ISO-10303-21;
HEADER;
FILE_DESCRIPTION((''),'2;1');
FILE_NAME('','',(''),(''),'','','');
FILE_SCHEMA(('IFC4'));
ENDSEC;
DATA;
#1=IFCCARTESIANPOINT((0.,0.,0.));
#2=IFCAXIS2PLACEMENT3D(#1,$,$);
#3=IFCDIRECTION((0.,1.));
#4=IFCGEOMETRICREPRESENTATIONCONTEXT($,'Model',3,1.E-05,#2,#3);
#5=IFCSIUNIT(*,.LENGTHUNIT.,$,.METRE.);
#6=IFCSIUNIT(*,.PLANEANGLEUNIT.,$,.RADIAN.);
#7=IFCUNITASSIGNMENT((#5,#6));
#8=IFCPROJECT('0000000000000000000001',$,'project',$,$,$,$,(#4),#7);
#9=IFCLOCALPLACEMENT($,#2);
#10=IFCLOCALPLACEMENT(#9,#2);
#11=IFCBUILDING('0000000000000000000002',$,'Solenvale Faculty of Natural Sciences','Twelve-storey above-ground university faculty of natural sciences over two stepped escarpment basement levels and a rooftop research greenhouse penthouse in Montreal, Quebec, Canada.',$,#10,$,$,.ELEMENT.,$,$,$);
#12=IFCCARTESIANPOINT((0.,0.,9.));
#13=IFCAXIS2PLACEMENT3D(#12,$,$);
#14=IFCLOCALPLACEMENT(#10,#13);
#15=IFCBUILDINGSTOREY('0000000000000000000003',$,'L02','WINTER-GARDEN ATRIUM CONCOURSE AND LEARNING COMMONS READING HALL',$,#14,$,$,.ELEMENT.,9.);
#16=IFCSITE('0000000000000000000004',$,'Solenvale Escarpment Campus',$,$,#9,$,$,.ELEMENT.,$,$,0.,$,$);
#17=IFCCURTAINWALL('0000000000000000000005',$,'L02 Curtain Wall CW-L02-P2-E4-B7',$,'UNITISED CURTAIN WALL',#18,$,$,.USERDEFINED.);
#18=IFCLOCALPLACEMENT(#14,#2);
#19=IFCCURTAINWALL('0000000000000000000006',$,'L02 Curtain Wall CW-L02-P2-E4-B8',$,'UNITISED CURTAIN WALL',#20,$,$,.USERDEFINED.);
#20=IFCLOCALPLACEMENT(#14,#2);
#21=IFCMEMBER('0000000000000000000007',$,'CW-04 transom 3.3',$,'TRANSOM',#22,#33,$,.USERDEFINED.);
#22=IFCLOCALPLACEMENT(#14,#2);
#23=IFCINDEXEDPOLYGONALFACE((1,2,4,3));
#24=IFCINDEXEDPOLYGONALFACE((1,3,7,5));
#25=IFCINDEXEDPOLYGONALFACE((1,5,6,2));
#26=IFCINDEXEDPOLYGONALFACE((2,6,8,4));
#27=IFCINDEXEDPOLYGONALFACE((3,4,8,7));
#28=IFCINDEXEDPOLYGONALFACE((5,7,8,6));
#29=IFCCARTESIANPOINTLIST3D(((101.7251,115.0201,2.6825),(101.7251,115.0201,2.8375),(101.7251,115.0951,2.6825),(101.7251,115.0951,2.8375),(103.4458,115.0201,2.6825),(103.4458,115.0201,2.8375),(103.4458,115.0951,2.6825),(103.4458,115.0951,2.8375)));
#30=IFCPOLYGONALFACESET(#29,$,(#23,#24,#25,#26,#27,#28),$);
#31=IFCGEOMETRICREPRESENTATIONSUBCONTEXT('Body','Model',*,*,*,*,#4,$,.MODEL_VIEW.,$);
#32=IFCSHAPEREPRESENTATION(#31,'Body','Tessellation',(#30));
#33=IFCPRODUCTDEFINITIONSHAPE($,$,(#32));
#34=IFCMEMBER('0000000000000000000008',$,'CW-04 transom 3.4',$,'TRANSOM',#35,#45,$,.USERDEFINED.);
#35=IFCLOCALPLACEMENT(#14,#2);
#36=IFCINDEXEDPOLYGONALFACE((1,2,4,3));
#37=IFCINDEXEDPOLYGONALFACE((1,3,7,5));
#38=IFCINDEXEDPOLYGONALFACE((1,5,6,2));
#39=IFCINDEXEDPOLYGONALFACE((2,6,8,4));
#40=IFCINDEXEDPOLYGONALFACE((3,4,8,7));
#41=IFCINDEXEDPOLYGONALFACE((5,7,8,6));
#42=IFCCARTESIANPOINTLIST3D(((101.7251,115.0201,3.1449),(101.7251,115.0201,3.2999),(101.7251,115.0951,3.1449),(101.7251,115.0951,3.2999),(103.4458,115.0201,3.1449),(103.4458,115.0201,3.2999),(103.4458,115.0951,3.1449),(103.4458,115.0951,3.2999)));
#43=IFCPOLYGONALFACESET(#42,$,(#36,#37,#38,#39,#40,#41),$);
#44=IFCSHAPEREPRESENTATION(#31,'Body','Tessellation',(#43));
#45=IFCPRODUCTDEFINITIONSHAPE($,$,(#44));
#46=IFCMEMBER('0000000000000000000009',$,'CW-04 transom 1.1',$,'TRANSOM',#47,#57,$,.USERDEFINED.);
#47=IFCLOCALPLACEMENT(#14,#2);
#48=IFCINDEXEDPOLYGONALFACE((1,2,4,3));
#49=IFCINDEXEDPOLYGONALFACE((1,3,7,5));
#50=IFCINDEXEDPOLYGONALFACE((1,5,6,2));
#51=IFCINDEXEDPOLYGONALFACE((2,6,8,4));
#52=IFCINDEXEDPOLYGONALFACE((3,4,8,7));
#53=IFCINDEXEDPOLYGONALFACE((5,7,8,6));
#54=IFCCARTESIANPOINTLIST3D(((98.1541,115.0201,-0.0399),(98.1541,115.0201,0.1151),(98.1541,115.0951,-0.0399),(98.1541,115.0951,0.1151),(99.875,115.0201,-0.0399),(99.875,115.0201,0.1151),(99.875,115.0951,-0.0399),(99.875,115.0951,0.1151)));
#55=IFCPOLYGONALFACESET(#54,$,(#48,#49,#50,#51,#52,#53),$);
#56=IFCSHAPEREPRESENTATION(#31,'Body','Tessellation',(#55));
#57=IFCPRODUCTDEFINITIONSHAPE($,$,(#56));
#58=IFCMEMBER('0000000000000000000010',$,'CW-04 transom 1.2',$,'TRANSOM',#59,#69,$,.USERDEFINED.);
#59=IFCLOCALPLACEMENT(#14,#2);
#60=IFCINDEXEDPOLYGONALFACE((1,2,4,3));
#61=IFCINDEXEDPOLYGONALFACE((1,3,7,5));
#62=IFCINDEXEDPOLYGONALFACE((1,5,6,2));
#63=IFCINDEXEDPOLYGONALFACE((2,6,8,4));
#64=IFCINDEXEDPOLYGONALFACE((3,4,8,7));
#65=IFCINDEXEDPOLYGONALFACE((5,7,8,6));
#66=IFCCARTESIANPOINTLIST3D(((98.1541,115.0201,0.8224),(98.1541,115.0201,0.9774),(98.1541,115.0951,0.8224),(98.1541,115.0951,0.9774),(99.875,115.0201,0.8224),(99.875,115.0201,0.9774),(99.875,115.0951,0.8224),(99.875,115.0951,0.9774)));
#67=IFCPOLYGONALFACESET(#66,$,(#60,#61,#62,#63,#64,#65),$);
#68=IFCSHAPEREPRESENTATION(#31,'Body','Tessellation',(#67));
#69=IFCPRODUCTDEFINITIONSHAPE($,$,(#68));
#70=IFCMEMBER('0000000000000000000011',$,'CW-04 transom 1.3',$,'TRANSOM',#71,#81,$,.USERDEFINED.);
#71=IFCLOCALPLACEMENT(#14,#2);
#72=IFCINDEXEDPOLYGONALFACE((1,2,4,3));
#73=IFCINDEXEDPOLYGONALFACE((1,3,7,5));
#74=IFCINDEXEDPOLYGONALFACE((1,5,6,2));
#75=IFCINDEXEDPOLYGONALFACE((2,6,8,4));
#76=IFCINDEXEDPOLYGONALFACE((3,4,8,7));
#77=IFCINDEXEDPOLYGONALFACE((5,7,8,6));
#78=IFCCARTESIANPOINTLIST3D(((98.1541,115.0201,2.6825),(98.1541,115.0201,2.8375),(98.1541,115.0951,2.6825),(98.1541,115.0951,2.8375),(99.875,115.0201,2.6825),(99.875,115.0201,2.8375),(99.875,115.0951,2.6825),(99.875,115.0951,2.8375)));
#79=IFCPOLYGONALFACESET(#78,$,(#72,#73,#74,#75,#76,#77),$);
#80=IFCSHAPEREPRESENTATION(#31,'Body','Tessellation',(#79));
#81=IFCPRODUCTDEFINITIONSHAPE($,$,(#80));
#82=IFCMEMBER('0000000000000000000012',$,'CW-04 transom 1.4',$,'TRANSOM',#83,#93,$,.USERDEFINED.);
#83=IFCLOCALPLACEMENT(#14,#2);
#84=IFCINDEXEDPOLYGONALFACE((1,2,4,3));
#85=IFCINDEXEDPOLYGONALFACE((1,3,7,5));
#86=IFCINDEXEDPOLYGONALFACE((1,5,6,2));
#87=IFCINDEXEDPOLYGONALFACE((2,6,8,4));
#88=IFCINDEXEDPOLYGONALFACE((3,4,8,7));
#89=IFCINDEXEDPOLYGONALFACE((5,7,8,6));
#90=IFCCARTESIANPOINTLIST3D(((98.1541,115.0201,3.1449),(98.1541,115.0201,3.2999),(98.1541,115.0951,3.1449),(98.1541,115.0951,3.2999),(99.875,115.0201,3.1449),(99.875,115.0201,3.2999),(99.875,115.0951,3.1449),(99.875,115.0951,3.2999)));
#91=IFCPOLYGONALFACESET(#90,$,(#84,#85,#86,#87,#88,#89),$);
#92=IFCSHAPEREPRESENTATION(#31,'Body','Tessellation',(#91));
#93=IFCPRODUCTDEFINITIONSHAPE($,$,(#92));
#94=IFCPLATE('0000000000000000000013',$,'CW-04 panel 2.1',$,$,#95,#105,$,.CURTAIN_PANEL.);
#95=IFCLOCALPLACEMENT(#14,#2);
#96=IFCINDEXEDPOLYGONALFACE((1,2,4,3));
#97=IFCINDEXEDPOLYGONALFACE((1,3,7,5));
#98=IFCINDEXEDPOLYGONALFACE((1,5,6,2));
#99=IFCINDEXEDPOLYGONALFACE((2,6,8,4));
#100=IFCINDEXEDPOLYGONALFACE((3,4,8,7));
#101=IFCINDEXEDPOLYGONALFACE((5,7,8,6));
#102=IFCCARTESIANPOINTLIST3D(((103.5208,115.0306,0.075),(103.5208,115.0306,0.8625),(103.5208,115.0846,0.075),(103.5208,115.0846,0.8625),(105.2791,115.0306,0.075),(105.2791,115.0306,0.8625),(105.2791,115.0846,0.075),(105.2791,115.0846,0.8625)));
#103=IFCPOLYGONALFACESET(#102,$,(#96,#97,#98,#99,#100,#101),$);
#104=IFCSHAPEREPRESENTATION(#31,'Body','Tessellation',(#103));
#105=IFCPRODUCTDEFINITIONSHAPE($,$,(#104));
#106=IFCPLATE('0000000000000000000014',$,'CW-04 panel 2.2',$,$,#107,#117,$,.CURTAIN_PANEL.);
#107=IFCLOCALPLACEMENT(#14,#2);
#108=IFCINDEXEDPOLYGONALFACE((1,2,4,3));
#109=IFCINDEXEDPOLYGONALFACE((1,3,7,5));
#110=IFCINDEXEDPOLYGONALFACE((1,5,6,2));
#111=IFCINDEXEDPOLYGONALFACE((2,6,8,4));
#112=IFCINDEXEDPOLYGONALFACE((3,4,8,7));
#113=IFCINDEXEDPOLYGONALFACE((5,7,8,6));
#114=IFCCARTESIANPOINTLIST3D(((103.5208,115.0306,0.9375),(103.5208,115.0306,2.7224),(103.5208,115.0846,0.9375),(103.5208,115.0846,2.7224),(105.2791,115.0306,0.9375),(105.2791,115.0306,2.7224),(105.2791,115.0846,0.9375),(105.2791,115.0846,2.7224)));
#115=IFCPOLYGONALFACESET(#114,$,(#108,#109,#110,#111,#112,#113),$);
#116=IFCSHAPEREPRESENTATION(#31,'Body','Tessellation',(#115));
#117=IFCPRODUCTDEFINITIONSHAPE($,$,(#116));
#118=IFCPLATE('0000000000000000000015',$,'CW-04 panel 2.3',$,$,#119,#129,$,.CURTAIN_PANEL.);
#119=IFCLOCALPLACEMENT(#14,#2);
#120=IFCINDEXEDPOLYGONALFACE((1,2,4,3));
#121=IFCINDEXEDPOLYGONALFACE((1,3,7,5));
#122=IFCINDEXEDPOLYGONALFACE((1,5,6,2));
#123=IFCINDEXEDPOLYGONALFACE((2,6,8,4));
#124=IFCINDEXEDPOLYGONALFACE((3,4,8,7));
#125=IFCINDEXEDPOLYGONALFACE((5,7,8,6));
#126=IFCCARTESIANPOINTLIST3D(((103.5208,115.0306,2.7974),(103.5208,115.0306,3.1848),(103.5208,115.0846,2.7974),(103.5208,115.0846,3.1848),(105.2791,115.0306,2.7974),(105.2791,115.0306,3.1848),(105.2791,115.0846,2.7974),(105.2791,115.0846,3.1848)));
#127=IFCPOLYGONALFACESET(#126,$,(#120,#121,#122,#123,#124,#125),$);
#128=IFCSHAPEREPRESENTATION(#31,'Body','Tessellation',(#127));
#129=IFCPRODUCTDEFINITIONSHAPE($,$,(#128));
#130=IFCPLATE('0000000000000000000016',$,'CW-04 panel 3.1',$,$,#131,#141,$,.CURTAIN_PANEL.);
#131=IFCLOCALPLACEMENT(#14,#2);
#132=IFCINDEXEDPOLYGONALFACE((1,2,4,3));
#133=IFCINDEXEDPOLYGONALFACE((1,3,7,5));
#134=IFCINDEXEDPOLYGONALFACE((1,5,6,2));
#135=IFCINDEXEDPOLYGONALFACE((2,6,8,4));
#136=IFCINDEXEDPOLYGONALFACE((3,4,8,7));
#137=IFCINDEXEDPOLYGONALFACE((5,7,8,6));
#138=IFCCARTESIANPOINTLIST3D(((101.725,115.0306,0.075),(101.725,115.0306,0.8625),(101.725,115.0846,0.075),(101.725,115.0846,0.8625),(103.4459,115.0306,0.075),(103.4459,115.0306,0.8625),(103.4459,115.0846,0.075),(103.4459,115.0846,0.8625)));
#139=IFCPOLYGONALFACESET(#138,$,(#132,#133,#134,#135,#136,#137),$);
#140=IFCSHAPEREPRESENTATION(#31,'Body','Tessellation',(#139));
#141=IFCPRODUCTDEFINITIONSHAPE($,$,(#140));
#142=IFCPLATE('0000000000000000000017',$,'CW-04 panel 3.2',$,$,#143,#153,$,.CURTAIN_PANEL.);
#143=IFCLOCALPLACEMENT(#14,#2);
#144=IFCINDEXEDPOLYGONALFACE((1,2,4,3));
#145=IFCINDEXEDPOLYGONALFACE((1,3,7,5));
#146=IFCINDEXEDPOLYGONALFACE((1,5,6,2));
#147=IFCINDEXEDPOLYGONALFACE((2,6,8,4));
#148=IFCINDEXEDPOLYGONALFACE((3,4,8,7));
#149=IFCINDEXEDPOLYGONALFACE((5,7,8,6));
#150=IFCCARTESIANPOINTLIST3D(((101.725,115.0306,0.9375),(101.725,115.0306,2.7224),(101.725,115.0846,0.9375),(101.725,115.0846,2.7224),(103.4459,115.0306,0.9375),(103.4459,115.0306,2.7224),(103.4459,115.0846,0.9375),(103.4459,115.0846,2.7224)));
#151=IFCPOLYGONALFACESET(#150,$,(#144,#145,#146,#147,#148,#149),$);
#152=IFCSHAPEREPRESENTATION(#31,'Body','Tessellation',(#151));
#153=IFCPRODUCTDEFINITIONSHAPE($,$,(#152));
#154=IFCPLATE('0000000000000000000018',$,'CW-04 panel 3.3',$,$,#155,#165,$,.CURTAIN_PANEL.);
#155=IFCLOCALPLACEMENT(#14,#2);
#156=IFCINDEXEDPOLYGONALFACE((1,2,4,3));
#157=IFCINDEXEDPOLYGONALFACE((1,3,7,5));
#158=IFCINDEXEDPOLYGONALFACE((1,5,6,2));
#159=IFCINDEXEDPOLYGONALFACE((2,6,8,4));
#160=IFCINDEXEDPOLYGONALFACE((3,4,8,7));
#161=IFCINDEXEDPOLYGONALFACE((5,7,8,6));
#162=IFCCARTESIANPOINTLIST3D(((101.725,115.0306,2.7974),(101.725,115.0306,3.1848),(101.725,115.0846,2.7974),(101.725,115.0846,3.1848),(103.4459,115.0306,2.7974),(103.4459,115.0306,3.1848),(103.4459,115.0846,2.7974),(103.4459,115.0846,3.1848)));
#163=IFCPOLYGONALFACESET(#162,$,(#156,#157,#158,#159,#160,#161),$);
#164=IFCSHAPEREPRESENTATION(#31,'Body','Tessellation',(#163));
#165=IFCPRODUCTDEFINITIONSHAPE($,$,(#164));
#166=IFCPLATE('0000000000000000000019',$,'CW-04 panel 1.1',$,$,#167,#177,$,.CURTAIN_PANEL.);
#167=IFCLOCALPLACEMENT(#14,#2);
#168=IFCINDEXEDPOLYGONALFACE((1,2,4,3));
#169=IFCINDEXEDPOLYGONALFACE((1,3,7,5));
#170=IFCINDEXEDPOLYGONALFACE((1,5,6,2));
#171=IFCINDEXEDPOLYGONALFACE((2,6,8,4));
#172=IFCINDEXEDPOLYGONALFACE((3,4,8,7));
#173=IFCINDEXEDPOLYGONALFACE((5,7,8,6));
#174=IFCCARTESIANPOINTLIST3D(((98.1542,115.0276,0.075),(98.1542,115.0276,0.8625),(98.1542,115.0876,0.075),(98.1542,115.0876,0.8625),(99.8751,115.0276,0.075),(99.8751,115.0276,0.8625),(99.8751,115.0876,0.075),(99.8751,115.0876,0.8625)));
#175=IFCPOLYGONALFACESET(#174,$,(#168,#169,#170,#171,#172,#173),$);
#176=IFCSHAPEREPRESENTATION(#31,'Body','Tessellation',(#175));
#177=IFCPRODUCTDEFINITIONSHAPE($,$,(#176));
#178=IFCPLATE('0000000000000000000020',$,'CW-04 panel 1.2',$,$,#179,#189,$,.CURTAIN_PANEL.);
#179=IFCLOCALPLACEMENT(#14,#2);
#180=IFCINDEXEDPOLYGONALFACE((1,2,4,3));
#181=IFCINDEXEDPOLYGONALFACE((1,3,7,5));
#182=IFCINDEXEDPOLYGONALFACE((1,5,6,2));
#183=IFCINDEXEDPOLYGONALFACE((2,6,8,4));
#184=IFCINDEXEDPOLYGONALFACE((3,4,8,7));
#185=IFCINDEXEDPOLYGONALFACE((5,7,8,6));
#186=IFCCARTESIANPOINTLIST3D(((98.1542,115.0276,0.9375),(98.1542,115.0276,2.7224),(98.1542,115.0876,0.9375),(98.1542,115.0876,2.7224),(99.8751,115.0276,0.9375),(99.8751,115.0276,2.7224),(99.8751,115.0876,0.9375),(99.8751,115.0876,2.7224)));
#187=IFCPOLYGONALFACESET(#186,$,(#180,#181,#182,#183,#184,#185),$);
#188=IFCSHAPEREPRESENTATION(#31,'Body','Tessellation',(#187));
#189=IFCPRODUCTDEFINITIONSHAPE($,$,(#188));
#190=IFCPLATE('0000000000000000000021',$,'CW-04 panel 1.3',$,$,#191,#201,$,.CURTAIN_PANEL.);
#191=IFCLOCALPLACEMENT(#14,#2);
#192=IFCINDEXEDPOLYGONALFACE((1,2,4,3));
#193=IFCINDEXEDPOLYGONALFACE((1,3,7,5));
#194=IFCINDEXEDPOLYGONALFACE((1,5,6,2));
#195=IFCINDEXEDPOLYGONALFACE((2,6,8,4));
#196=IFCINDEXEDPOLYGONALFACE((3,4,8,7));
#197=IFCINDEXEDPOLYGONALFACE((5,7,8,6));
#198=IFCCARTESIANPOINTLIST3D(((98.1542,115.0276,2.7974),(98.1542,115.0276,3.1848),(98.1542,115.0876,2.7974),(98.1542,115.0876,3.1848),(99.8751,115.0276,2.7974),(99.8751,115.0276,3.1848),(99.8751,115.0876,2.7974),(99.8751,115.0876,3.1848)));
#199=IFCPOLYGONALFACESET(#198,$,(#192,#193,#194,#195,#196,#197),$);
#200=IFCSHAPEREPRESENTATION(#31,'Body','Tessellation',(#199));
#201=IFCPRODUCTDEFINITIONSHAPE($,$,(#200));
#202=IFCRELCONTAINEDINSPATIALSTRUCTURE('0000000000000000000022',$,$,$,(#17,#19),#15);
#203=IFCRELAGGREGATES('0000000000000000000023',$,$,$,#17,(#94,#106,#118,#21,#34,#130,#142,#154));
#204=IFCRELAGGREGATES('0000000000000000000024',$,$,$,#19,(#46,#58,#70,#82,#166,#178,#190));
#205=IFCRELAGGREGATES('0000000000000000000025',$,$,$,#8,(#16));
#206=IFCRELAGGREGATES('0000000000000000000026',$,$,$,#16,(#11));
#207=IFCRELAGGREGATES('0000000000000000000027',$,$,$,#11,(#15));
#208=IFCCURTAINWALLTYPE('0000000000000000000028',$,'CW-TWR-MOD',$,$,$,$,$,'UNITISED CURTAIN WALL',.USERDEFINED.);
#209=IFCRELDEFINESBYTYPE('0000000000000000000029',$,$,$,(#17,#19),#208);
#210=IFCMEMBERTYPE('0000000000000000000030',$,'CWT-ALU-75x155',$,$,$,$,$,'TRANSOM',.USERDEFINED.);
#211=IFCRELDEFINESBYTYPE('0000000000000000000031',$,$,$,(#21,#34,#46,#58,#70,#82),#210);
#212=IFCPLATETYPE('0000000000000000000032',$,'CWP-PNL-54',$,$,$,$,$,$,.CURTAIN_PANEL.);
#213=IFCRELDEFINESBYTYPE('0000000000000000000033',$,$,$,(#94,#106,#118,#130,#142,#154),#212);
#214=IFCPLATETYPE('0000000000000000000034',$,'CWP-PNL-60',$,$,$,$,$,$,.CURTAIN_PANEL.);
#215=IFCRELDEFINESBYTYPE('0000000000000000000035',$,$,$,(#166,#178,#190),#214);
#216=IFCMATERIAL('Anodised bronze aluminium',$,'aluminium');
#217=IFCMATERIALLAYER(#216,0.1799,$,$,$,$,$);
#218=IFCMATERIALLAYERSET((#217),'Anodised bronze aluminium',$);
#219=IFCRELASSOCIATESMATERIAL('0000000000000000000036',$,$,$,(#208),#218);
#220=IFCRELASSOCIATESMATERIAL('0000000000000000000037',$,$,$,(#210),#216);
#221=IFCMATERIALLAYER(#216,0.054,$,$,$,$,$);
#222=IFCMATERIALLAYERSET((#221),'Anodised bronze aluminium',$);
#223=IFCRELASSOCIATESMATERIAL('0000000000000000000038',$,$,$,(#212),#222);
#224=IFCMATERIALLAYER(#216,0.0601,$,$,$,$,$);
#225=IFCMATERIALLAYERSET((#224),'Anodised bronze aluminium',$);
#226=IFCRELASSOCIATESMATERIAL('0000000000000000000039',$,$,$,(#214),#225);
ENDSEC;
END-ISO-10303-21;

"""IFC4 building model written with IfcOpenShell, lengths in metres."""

from ifc_helpers import new_model, si_unit, direction, frame, origin, origin_2d, place, context, subcontext, project, spatial, rectangle, extrude, material, layer, layer_set, material_profile, profile_set, type_object, element, aggregate, save


model = new_model("IFC4")

# Units and contexts
model_context = context("Model", 3, precision=1e-05, world=origin(), true_north=direction((0.0, 1.0)))
body_context = subcontext(model_context, "Body", "Model", "MODEL_VIEW")
ifc_project = project(units=[si_unit("LENGTHUNIT", "METRE"), si_unit("PLANEANGLEUNIT", "RADIAN")], contexts=[model_context])

# Site, building, storey
site_placement = place(None, origin())
site = spatial("IfcSite", under=ifc_project, at=site_placement, Name="Solenvale Escarpment Campus", CompositionType="ELEMENT", RefElevation=0.0)
building_placement = place(site_placement, origin())
building = spatial("IfcBuilding", under=site, at=building_placement, Name="Solenvale Faculty of Natural Sciences", Description="Twelve-storey above-ground university faculty of natural sciences over two stepped escarpment basement levels and a rooftop research greenhouse penthouse in Montreal, Quebec, Canada.", CompositionType="ELEMENT")
storey_placement = place(building_placement, frame((0.0, 0.0, 9.0)))
storey = spatial("IfcBuildingStorey", under=building, at=storey_placement, Name="L02", Description="WINTER-GARDEN ATRIUM CONCOURSE AND LEARNING COMMONS READING HALL", CompositionType="ELEMENT", Elevation=9.0)

# Curtain walls
ifc_material_1 = material(Name="Anodised bronze aluminium", Category="aluminium")
ifc_layer_1 = layer(ifc_material_1, 0.1799)
ifc_layer_set_1 = layer_set([ifc_layer_1], Name="Anodised bronze aluminium")
curtain_wall_type = type_object("IfcCurtainWallType", Name="CW-TWR-MOD", ElementType="UNITISED CURTAIN WALL", PredefinedType="USERDEFINED", material=ifc_layer_set_1)
curtain_wall_1_placement = place(storey_placement, origin())
curtain_wall_1 = element("IfcCurtainWall", 1, at=curtain_wall_1_placement, inside=storey, type_object=curtain_wall_type, Name="L02 Curtain Wall CW-L02-P2-E4-B7", ObjectType="UNITISED CURTAIN WALL", PredefinedType="USERDEFINED")
curtain_wall_2_placement = place(storey_placement, origin())
curtain_wall_2 = element("IfcCurtainWall", 2, at=curtain_wall_2_placement, inside=storey, type_object=curtain_wall_type, Name="L02 Curtain Wall CW-L02-P2-E4-B8", ObjectType="UNITISED CURTAIN WALL", PredefinedType="USERDEFINED")

# Members
ifc_material_profile_1 = material_profile(ifc_material_1, rectangle(XDim=0.075, YDim=0.155, at=origin_2d()), Name="ALU-TRN-75x155")
ifc_profile_set_1 = profile_set([ifc_material_profile_1], Name="Anodised bronze aluminium")
member_type_1 = type_object("IfcMemberType", Name="CWT-ALU-75x155", ElementType="TRANSOM", PredefinedType="USERDEFINED", material=ifc_profile_set_1)
member_1_placement = place(storey_placement, frame((103.4458, 115.0576, 2.76), z_axis=(-1.0, 0.0, 0.0), x_axis=(0.0, -1.0, 0.0)))
member_1 = element("IfcMember", 3, at=member_1_placement, type_object=member_type_1, Name="CW-04 transom 3.3", ObjectType="TRANSOM", PredefinedType="USERDEFINED", context=body_context, shape_type="SweptSolid", body=[
    extrude(rectangle(XDim=0.075, YDim=0.155, at=origin_2d()), origin(), (0.0, 0.0, 1.0), 1.7207),
])
member_2_placement = place(storey_placement, frame((103.4458, 115.0576, 3.2224), z_axis=(-1.0, 0.0, 0.0), x_axis=(0.0, -1.0, 0.0)))
member_2 = element("IfcMember", 4, at=member_2_placement, type_object=member_type_1, Name="CW-04 transom 3.4", ObjectType="TRANSOM", PredefinedType="USERDEFINED", context=body_context, shape_type="SweptSolid", body=[
    extrude(rectangle(XDim=0.075, YDim=0.155, at=origin_2d()), origin(), (0.0, 0.0, 1.0), 1.7207),
])
member_3_placement = place(storey_placement, frame((99.875, 115.0576, 0.0376), z_axis=(-1.0, 0.0, 0.0), x_axis=(0.0, -1.0, 0.0)))
member_3 = element("IfcMember", 5, at=member_3_placement, type_object=member_type_1, Name="CW-04 transom 1.1", ObjectType="TRANSOM", PredefinedType="USERDEFINED", context=body_context, shape_type="SweptSolid", body=[
    extrude(rectangle(XDim=0.075, YDim=0.155, at=origin_2d()), origin(), (0.0, 0.0, 1.0), 1.7209),
])
member_4_placement = place(storey_placement, frame((99.875, 115.0576, 0.8999), z_axis=(-1.0, 0.0, 0.0), x_axis=(0.0, -1.0, 0.0)))
member_4 = element("IfcMember", 6, at=member_4_placement, type_object=member_type_1, Name="CW-04 transom 1.2", ObjectType="TRANSOM", PredefinedType="USERDEFINED", context=body_context, shape_type="SweptSolid", body=[
    extrude(rectangle(XDim=0.075, YDim=0.155, at=origin_2d()), origin(), (0.0, 0.0, 1.0), 1.7209),
])
member_5_placement = place(storey_placement, frame((99.875, 115.0576, 2.76), z_axis=(-1.0, 0.0, 0.0), x_axis=(0.0, -1.0, 0.0)))
member_5 = element("IfcMember", 7, at=member_5_placement, type_object=member_type_1, Name="CW-04 transom 1.3", ObjectType="TRANSOM", PredefinedType="USERDEFINED", context=body_context, shape_type="SweptSolid", body=[
    extrude(rectangle(XDim=0.075, YDim=0.155, at=origin_2d()), origin(), (0.0, 0.0, 1.0), 1.7209),
])
member_6_placement = place(storey_placement, frame((99.875, 115.0576, 3.2224), z_axis=(-1.0, 0.0, 0.0), x_axis=(0.0, -1.0, 0.0)))
member_6 = element("IfcMember", 8, at=member_6_placement, type_object=member_type_1, Name="CW-04 transom 1.4", ObjectType="TRANSOM", PredefinedType="USERDEFINED", context=body_context, shape_type="SweptSolid", body=[
    extrude(rectangle(XDim=0.075, YDim=0.155, at=origin_2d()), origin(), (0.0, 0.0, 1.0), 1.7209),
])

# Plates
ifc_layer_2 = layer(ifc_material_1, 0.054)
ifc_layer_set_2 = layer_set([ifc_layer_2], Name="Anodised bronze aluminium")
plate_type_1 = type_object("IfcPlateType", Name="CWP-PNL-54", PredefinedType="CURTAIN_PANEL", material=ifc_layer_set_2)
plate_1_placement = place(storey_placement, frame((104.3999, 115.0576, 0.075), z_axis=(0.0, 0.0, 1.0), x_axis=(-1.0, 0.0, 0.0)))
plate_1 = element("IfcPlate", 9, at=plate_1_placement, type_object=plate_type_1, Name="CW-04 panel 2.1", PredefinedType="CURTAIN_PANEL", context=body_context, shape_type="SweptSolid", body=[
    extrude(rectangle(XDim=1.7583, YDim=0.054, at=origin_2d()), origin(), (0.0, 0.0, 1.0), 0.7876),
])
plate_2_placement = place(storey_placement, frame((104.3999, 115.0576, 0.9375), z_axis=(0.0, 0.0, 1.0), x_axis=(-1.0, 0.0, 0.0)))
plate_2 = element("IfcPlate", 10, at=plate_2_placement, type_object=plate_type_1, Name="CW-04 panel 2.2", PredefinedType="CURTAIN_PANEL", context=body_context, shape_type="SweptSolid", body=[
    extrude(rectangle(XDim=1.7583, YDim=0.054, at=origin_2d()), origin(), (0.0, 0.0, 1.0), 1.7849),
])
plate_3_placement = place(storey_placement, frame((104.3999, 115.0576, 2.7974), z_axis=(0.0, 0.0, 1.0), x_axis=(-1.0, 0.0, 0.0)))
plate_3 = element("IfcPlate", 11, at=plate_3_placement, type_object=plate_type_1, Name="CW-04 panel 2.3", PredefinedType="CURTAIN_PANEL", context=body_context, shape_type="SweptSolid", body=[
    extrude(rectangle(XDim=1.7583, YDim=0.054, at=origin_2d()), origin(), (0.0, 0.0, 1.0), 0.3875),
])
plate_4_placement = place(storey_placement, frame((102.5854, 115.0576, 0.075), z_axis=(0.0, 0.0, 1.0), x_axis=(-1.0, 0.0, 0.0)))
plate_4 = element("IfcPlate", 12, at=plate_4_placement, type_object=plate_type_1, Name="CW-04 panel 3.1", PredefinedType="CURTAIN_PANEL", context=body_context, shape_type="SweptSolid", body=[
    extrude(rectangle(XDim=1.7209, YDim=0.054, at=origin_2d()), origin(), (0.0, 0.0, 1.0), 0.7876),
])
plate_5_placement = place(storey_placement, frame((102.5854, 115.0576, 0.9375), z_axis=(0.0, 0.0, 1.0), x_axis=(-1.0, 0.0, 0.0)))
plate_5 = element("IfcPlate", 13, at=plate_5_placement, type_object=plate_type_1, Name="CW-04 panel 3.2", PredefinedType="CURTAIN_PANEL", context=body_context, shape_type="SweptSolid", body=[
    extrude(rectangle(XDim=1.7209, YDim=0.054, at=origin_2d()), origin(), (0.0, 0.0, 1.0), 1.7849),
])
plate_6_placement = place(storey_placement, frame((102.5854, 115.0576, 2.7974), z_axis=(0.0, 0.0, 1.0), x_axis=(-1.0, 0.0, 0.0)))
plate_6 = element("IfcPlate", 14, at=plate_6_placement, type_object=plate_type_1, Name="CW-04 panel 3.3", PredefinedType="CURTAIN_PANEL", context=body_context, shape_type="SweptSolid", body=[
    extrude(rectangle(XDim=1.7209, YDim=0.054, at=origin_2d()), origin(), (0.0, 0.0, 1.0), 0.3875),
])
aggregate(curtain_wall_1, [plate_1, plate_2, plate_3, member_1, member_2, plate_4, plate_5, plate_6])
ifc_layer_3 = layer(ifc_material_1, 0.0601)
ifc_layer_set_3 = layer_set([ifc_layer_3], Name="Anodised bronze aluminium")
plate_type_2 = type_object("IfcPlateType", Name="CWP-PNL-60", PredefinedType="CURTAIN_PANEL", material=ifc_layer_set_3)
plate_7_placement = place(storey_placement, frame((99.0146, 115.0576, 0.075), z_axis=(0.0, 0.0, 1.0), x_axis=(-1.0, 0.0, 0.0)))
plate_7 = element("IfcPlate", 15, at=plate_7_placement, type_object=plate_type_2, Name="CW-04 panel 1.1", PredefinedType="CURTAIN_PANEL", context=body_context, shape_type="SweptSolid", body=[
    extrude(rectangle(XDim=1.7209, YDim=0.0601, at=origin_2d()), origin(), (0.0, 0.0, 1.0), 0.7876),
])
plate_8_placement = place(storey_placement, frame((99.0146, 115.0576, 0.9375), z_axis=(0.0, 0.0, 1.0), x_axis=(-1.0, 0.0, 0.0)))
plate_8 = element("IfcPlate", 16, at=plate_8_placement, type_object=plate_type_2, Name="CW-04 panel 1.2", PredefinedType="CURTAIN_PANEL", context=body_context, shape_type="SweptSolid", body=[
    extrude(rectangle(XDim=1.7209, YDim=0.0601, at=origin_2d()), origin(), (0.0, 0.0, 1.0), 1.7849),
])
plate_9_placement = place(storey_placement, frame((99.0146, 115.0576, 2.7974), z_axis=(0.0, 0.0, 1.0), x_axis=(-1.0, 0.0, 0.0)))
plate_9 = element("IfcPlate", 17, at=plate_9_placement, type_object=plate_type_2, Name="CW-04 panel 1.3", PredefinedType="CURTAIN_PANEL", context=body_context, shape_type="SweptSolid", body=[
    extrude(rectangle(XDim=1.7209, YDim=0.0601, at=origin_2d()), origin(), (0.0, 0.0, 1.0), 0.3875),
])
aggregate(curtain_wall_2, [member_3, member_4, member_5, member_6, plate_7, plate_8, plate_9])

save(model, "model.ifc")
